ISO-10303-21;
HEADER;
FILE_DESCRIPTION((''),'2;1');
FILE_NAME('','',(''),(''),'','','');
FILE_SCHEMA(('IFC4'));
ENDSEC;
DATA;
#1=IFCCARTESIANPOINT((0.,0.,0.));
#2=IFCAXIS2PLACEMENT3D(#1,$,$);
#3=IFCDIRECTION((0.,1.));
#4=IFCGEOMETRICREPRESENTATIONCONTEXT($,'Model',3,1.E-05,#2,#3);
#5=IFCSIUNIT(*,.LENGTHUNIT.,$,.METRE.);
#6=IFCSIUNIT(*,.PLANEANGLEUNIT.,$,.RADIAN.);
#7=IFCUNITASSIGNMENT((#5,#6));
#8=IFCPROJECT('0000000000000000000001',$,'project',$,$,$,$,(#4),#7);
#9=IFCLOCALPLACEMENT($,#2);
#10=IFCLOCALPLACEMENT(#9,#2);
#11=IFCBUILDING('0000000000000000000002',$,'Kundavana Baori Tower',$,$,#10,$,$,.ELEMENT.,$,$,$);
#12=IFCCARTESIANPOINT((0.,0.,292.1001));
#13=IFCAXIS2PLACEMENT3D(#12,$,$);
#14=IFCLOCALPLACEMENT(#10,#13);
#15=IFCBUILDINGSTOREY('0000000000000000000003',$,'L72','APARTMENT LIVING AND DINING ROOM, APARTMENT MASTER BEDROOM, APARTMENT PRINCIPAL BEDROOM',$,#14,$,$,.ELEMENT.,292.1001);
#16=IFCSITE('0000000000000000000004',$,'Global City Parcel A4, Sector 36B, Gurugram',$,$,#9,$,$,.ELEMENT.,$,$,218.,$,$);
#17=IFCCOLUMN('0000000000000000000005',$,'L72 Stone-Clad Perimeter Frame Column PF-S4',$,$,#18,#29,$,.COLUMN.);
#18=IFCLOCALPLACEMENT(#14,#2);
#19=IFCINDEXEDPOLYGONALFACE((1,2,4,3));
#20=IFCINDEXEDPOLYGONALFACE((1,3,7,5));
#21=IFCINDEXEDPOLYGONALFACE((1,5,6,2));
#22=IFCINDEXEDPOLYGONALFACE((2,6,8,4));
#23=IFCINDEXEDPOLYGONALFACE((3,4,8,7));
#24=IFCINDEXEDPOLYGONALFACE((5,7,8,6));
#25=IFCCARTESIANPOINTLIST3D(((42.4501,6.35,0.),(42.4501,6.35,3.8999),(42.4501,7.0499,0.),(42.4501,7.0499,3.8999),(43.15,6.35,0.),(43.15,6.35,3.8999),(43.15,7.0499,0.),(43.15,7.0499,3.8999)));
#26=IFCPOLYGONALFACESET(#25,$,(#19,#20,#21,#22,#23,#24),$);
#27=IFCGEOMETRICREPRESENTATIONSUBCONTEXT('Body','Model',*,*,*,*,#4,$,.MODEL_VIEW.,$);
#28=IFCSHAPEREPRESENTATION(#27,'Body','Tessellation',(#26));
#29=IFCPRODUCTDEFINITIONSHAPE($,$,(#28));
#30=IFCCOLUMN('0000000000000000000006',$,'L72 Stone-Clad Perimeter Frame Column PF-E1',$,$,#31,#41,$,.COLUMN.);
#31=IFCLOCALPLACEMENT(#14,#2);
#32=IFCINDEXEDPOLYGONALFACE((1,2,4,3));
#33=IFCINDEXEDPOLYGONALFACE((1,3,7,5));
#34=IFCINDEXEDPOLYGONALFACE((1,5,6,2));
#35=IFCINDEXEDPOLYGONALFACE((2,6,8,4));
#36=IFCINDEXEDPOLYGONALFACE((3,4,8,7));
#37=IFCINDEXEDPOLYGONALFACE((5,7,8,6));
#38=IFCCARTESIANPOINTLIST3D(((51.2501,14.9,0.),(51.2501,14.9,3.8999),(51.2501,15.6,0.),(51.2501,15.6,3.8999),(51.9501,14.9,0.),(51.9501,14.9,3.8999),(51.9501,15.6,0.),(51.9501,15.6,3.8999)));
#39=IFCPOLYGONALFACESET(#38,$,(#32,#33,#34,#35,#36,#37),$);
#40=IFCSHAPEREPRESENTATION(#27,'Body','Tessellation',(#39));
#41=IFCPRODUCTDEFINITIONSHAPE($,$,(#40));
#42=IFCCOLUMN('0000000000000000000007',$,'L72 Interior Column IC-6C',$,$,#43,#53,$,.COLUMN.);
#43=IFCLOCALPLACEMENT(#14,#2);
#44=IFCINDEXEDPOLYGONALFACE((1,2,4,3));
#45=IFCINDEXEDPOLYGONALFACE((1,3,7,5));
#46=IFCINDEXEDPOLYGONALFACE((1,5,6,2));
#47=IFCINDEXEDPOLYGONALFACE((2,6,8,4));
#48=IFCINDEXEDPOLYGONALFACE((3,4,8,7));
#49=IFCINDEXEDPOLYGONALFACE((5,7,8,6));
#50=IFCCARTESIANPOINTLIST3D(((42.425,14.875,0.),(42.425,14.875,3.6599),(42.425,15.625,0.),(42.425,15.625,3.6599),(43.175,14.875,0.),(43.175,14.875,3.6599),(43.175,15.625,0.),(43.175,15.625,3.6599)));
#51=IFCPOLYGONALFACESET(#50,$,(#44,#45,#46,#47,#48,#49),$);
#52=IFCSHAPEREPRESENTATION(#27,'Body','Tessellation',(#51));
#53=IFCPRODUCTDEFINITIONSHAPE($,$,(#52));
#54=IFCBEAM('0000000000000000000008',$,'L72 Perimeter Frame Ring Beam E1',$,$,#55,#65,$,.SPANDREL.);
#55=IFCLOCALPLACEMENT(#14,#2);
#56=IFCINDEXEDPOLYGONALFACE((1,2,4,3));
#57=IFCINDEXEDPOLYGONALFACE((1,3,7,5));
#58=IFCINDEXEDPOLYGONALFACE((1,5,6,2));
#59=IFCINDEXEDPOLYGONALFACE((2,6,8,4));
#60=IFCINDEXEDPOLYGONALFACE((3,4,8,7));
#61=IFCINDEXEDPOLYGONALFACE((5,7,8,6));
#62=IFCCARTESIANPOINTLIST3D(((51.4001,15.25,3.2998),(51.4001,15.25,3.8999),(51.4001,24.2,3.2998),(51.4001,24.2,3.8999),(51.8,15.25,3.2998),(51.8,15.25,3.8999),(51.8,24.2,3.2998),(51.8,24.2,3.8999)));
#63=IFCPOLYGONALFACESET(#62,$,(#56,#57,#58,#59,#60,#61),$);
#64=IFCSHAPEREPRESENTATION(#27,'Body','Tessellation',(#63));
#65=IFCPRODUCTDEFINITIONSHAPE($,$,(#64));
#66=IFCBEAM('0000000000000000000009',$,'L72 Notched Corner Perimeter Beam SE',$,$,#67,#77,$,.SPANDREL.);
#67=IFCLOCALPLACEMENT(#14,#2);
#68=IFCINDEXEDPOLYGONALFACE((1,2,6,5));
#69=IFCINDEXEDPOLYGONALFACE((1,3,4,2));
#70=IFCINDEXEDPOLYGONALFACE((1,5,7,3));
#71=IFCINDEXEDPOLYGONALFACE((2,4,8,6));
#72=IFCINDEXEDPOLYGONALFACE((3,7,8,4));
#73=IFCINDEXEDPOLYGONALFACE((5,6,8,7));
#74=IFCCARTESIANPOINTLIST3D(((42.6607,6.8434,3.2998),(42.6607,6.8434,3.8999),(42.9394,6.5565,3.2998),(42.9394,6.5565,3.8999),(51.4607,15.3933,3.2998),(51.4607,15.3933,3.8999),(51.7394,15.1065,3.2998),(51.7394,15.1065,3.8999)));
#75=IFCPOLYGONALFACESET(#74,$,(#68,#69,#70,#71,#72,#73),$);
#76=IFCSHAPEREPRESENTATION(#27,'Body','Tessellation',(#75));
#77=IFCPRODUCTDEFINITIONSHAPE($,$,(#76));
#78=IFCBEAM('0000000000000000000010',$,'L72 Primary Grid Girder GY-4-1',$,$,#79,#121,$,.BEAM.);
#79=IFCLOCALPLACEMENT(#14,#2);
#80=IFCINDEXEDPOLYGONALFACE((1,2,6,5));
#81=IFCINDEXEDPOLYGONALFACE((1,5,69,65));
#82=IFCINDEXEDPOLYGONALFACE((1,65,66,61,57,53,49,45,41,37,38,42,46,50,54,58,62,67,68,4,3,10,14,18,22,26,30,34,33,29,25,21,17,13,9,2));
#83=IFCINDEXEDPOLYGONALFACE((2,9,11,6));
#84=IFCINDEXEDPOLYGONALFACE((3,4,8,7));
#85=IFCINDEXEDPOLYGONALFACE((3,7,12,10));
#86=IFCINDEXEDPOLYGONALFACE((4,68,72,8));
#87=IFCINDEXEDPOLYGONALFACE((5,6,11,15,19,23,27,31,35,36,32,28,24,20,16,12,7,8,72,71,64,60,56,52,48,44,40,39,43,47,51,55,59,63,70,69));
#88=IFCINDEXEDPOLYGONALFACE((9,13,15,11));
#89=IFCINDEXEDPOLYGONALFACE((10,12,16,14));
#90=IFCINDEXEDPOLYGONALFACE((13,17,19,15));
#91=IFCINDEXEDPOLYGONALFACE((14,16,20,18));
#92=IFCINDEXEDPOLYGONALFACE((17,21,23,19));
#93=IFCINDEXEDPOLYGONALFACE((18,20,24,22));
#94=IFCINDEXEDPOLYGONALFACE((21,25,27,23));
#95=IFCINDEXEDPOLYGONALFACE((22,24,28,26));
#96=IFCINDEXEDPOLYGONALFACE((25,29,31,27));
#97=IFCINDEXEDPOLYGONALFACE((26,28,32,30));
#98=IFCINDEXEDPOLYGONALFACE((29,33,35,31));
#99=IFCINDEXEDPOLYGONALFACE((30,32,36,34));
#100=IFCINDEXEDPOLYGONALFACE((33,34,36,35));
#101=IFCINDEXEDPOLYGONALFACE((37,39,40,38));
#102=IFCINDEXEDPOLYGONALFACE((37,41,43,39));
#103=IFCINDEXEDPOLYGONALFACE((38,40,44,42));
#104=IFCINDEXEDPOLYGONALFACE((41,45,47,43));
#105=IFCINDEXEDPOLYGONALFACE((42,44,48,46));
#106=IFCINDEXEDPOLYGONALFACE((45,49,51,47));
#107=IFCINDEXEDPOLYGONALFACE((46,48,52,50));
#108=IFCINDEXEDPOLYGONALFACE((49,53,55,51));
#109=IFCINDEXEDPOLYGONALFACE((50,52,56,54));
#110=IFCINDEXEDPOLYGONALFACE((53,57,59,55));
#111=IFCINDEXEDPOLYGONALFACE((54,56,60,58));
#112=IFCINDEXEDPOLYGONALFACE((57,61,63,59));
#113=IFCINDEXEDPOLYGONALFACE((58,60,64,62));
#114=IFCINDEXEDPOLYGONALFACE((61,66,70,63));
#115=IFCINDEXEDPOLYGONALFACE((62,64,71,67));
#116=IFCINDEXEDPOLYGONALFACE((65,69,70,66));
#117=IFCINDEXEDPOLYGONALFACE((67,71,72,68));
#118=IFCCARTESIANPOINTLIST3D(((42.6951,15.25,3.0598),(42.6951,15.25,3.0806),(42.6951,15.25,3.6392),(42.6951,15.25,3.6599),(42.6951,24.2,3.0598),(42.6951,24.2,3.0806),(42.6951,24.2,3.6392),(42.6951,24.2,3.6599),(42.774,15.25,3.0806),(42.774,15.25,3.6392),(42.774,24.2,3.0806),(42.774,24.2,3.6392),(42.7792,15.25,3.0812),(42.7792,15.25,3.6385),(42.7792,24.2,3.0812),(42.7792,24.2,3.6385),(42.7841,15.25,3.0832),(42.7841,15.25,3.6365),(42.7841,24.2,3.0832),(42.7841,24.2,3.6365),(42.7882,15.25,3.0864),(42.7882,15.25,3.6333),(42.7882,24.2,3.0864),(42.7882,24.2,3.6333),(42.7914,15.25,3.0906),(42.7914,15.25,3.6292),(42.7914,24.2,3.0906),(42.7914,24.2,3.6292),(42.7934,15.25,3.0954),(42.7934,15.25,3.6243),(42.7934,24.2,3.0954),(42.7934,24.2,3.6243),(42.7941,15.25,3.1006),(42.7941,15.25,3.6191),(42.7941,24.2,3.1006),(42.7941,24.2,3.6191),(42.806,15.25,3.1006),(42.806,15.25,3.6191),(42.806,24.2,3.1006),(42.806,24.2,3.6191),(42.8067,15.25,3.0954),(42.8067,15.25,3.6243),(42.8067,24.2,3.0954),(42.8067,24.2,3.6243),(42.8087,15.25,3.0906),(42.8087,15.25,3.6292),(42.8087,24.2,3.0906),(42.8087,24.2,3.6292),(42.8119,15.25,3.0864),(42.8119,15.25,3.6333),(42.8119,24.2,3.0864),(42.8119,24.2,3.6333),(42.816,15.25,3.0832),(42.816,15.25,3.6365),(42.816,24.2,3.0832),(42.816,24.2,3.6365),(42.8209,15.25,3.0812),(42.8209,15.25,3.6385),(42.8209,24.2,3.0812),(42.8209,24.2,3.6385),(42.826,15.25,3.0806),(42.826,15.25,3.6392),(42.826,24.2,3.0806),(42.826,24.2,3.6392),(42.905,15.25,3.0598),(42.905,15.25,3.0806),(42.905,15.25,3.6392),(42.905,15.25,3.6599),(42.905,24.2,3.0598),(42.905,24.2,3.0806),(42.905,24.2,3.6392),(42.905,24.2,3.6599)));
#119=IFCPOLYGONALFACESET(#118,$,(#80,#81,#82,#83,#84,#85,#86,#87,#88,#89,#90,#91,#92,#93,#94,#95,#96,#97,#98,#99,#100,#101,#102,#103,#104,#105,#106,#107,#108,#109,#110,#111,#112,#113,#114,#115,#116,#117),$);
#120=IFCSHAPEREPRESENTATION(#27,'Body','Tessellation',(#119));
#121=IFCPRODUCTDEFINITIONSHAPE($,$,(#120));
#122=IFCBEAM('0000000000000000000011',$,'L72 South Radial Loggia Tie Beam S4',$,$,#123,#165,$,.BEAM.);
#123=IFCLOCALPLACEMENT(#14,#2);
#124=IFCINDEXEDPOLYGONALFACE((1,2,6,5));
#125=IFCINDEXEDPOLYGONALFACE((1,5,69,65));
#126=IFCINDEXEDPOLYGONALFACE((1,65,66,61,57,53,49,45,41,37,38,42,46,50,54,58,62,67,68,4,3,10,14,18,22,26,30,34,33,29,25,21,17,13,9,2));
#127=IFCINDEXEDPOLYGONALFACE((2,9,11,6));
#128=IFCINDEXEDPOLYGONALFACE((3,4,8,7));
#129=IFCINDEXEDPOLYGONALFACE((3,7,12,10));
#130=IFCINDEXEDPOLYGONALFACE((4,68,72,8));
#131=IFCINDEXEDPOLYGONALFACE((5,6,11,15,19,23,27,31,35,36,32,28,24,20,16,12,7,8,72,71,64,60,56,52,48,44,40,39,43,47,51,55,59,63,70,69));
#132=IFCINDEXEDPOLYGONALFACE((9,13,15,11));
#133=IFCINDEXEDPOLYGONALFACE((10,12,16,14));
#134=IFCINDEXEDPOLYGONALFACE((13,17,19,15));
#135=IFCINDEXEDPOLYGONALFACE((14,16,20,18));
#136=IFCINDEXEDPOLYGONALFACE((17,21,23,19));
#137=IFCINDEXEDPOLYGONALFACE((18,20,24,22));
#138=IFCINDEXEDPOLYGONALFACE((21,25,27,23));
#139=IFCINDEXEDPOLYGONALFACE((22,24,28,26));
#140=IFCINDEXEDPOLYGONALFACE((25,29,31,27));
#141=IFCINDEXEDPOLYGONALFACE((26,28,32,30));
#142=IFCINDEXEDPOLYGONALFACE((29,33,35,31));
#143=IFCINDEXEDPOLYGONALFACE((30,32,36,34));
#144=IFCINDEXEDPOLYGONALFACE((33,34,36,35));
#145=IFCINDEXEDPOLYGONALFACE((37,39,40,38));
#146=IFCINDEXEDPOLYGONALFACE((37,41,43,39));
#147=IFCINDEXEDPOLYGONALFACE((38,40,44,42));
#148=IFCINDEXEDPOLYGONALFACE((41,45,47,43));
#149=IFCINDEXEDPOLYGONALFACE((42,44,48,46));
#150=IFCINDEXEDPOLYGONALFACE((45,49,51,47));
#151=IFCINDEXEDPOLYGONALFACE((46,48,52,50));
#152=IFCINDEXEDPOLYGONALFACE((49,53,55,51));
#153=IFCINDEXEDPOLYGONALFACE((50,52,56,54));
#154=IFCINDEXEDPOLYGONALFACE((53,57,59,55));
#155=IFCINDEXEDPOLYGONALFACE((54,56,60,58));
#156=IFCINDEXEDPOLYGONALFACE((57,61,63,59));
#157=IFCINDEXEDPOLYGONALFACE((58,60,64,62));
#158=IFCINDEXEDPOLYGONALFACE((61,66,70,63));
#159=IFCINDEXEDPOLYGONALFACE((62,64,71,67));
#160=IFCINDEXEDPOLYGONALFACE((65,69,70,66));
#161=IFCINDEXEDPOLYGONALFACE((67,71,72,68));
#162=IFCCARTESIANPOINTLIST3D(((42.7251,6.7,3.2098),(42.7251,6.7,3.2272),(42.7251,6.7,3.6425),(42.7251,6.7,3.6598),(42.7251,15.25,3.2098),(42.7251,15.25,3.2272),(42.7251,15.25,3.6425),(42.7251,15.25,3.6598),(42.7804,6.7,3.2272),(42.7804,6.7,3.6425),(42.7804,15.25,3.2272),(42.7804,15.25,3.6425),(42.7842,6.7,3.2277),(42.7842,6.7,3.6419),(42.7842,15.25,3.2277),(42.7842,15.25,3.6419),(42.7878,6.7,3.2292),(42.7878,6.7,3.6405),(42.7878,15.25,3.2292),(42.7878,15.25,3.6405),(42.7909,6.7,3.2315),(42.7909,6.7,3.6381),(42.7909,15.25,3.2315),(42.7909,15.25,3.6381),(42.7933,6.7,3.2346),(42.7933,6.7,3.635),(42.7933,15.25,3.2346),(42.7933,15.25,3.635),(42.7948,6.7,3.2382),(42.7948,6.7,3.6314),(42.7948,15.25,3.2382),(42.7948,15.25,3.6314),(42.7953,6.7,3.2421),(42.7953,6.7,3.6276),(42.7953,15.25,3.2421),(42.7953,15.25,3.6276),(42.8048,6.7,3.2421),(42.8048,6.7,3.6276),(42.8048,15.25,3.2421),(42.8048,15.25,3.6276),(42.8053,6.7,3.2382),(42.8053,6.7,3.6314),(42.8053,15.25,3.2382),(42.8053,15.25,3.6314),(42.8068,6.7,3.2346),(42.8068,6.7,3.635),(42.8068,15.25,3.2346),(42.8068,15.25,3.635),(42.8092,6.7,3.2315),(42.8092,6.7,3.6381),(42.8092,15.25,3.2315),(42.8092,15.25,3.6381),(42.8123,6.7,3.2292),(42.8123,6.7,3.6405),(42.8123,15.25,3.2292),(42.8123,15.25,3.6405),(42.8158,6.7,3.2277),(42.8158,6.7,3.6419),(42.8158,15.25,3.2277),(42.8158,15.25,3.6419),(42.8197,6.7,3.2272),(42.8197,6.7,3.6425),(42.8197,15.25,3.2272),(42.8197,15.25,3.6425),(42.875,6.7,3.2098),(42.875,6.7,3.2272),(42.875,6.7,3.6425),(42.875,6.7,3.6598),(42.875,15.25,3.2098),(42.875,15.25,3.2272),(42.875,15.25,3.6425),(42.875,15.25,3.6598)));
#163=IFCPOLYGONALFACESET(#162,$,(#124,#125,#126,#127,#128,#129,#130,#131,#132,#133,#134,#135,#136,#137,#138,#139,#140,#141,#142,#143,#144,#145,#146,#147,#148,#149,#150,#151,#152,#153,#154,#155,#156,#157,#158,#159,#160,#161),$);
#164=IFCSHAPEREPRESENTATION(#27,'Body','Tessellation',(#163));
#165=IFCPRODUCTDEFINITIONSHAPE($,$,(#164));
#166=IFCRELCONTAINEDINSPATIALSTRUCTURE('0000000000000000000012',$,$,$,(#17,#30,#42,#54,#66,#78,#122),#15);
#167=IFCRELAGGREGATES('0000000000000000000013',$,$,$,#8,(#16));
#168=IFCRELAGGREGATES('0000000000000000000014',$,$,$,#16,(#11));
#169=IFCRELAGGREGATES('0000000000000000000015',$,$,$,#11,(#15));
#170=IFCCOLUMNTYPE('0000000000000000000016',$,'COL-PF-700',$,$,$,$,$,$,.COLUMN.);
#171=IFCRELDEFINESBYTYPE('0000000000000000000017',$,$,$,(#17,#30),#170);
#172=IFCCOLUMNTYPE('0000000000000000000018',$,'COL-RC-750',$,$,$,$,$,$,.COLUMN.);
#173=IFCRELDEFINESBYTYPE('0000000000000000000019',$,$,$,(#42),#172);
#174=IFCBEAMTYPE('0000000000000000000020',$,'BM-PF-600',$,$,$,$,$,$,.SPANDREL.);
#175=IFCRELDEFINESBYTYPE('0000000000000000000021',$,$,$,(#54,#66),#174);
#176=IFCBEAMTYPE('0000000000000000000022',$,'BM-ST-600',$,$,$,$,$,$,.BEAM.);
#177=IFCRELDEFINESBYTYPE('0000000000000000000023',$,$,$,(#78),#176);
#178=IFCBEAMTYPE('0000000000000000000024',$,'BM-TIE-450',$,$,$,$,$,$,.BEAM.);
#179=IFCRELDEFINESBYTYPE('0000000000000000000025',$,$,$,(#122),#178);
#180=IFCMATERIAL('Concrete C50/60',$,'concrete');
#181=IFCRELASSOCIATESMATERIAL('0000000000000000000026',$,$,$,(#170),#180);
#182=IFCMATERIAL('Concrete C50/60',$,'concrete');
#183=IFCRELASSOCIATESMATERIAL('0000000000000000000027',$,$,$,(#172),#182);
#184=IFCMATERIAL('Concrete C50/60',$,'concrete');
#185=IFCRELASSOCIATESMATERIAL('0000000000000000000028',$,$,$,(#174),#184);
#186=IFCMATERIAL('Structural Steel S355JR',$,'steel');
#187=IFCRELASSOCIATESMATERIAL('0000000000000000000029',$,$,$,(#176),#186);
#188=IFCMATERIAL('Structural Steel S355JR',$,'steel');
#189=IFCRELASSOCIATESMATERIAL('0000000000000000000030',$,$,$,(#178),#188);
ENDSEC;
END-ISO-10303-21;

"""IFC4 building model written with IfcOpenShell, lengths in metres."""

from ifc_helpers import new_model, si_unit, direction, frame, origin, origin_2d, place, context, subcontext, project, spatial, rectangle, i_section, extrude, material, material_profile, profile_set, type_object, element, save


model = new_model("IFC4")

# Units and contexts
model_context = context("Model", 3, precision=1e-05, world=origin(), true_north=direction((0.0, 1.0)))
body_context = subcontext(model_context, "Body", "Model", "MODEL_VIEW")
ifc_project = project(units=[si_unit("LENGTHUNIT", "METRE"), si_unit("PLANEANGLEUNIT", "RADIAN")], contexts=[model_context])

# Site, building, storey
site_placement = place(None, origin())
site = spatial("IfcSite", under=ifc_project, at=site_placement, Name="Global City Parcel A4, Sector 36B, Gurugram", CompositionType="ELEMENT", RefElevation=218.0)
building_placement = place(site_placement, origin())
building = spatial("IfcBuilding", under=site, at=building_placement, Name="Kundavana Baori Tower", CompositionType="ELEMENT")
storey_placement = place(building_placement, frame((0.0, 0.0, 292.1001)))
storey = spatial("IfcBuildingStorey", under=building, at=storey_placement, Name="L72", Description="APARTMENT LIVING AND DINING ROOM, APARTMENT MASTER BEDROOM, APARTMENT PRINCIPAL BEDROOM", CompositionType="ELEMENT", Elevation=292.1001)

# Columns
ifc_material_1 = material(Name="Concrete C50/60", Category="concrete")
ifc_material_profile_1 = material_profile(ifc_material_1, rectangle(XDim=0.7, YDim=0.7, at=origin_2d()), Name="RC PF 700x700")
ifc_profile_set_1 = profile_set([ifc_material_profile_1], Name="Concrete C50/60")
column_type_1 = type_object("IfcColumnType", Name="COL-PF-700", PredefinedType="COLUMN", material=ifc_profile_set_1)
for number, where, z_axis, x_axis, name in (
    (1, (42.8, 6.7, 0.0), (0.0, 0.0, 1.0), (1.0, 0.0, 0.0), "L72 Stone-Clad Perimeter Frame Column PF-S4"),
    (2, (51.6001, 15.25, 0.0), (0.0, 0.0, 1.0), (1.0, 0.0, 0.0), "L72 Stone-Clad Perimeter Frame Column PF-E1"),
):
    element("IfcColumn", number, at=place(storey_placement, frame(where, z_axis=z_axis, x_axis=x_axis)), inside=storey, type_object=column_type_1, Name=name, PredefinedType="COLUMN", context=body_context, shape_type="SweptSolid", body=[
        extrude(rectangle(XDim=0.7, YDim=0.7, at=origin_2d()), origin(), (0.0, 0.0, 1.0), 3.8999),
    ])
ifc_material_2 = material(Name="Concrete C50/60", Category="concrete")
ifc_material_profile_2 = material_profile(ifc_material_2, rectangle(XDim=0.75, YDim=0.75, at=origin_2d()), Name="RC 750x750")
ifc_profile_set_2 = profile_set([ifc_material_profile_2], Name="Concrete C50/60")
column_type_2 = type_object("IfcColumnType", Name="COL-RC-750", PredefinedType="COLUMN", material=ifc_profile_set_2)
column_placement = place(storey_placement, frame((42.8, 15.25, 0.0), z_axis=(0.0, 0.0, 1.0), x_axis=(1.0, 0.0, 0.0)))
element("IfcColumn", 3, at=column_placement, inside=storey, type_object=column_type_2, Name="L72 Interior Column IC-6C", PredefinedType="COLUMN", context=body_context, shape_type="SweptSolid", body=[
    extrude(rectangle(XDim=0.75, YDim=0.75, at=origin_2d()), origin(), (0.0, 0.0, 1.0), 3.6599),
])

# Beams
ifc_material_3 = material(Name="Concrete C50/60", Category="concrete")
ifc_material_profile_3 = material_profile(ifc_material_3, rectangle(XDim=0.3999, YDim=0.6001, at=origin_2d()), Name="RC BM 400x600")
ifc_profile_set_3 = profile_set([ifc_material_profile_3], Name="Concrete C50/60")
beam_type_1 = type_object("IfcBeamType", Name="BM-PF-600", PredefinedType="SPANDREL", material=ifc_profile_set_3)
beam_1_placement = place(storey_placement, frame((51.6001, 15.25, 3.5999), z_axis=(0.0, 1.0, 0.0), x_axis=(-1.0, 0.0, 0.0)))
element("IfcBeam", 4, at=beam_1_placement, inside=storey, type_object=beam_type_1, Name="L72 Perimeter Frame Ring Beam E1", PredefinedType="SPANDREL", context=body_context, shape_type="SweptSolid", body=[
    extrude(rectangle(XDim=0.3999, YDim=0.6001, at=origin_2d()), origin(), (0.0, 0.0, 1.0), 8.95),
])
beam_2_placement = place(storey_placement, frame((42.8, 6.7, 3.5999), z_axis=(0.717221, 0.696846, 0.0), x_axis=(-0.696846, 0.717221, 0.0)))
element("IfcBeam", 5, at=beam_2_placement, inside=storey, type_object=beam_type_1, Name="L72 Notched Corner Perimeter Beam SE", PredefinedType="SPANDREL", context=body_context, shape_type="SweptSolid", body=[
    extrude(rectangle(XDim=0.3999, YDim=0.6001, at=origin_2d()), origin(), (0.0, 0.0, 1.0), 12.2695),
])
ifc_material_4 = material(Name="Structural Steel S355JR", Category="steel")
ifc_material_profile_4 = material_profile(ifc_material_4, i_section(OverallWidth=0.21, OverallDepth=0.6001, WebThickness=0.012, FlangeThickness=0.0208, FilletRadius=0.02, at=origin_2d()), Name="ISMB 600")
ifc_profile_set_4 = profile_set([ifc_material_profile_4], Name="Structural Steel S355JR")
beam_type_2 = type_object("IfcBeamType", Name="BM-ST-600", PredefinedType="BEAM", material=ifc_profile_set_4)
beam_3_placement = place(storey_placement, frame((42.8, 15.25, 3.3599), z_axis=(0.0, 1.0, 0.0), x_axis=(-1.0, 0.0, 0.0)))
element("IfcBeam", 6, at=beam_3_placement, inside=storey, type_object=beam_type_2, Name="L72 Primary Grid Girder GY-4-1", PredefinedType="BEAM", context=body_context, shape_type="SweptSolid", body=[
    extrude(i_section(OverallWidth=0.21, OverallDepth=0.6001, WebThickness=0.012, FlangeThickness=0.0208, FilletRadius=0.02, at=origin_2d()), origin(), (0.0, 0.0, 1.0), 8.95),
])
ifc_material_5 = material(Name="Structural Steel S355JR", Category="steel")
ifc_material_profile_5 = material_profile(ifc_material_5, i_section(OverallWidth=0.1499, OverallDepth=0.45, WebThickness=0.0095, FlangeThickness=0.0173, FilletRadius=0.0149, at=origin_2d()), Name="ISMB 450")
ifc_profile_set_5 = profile_set([ifc_material_profile_5], Name="Structural Steel S355JR")
beam_type_3 = type_object("IfcBeamType", Name="BM-TIE-450", PredefinedType="BEAM", material=ifc_profile_set_5)
beam_4_placement = place(storey_placement, frame((42.8, 15.25, 3.4348), z_axis=(0.0, -1.0, 0.0), x_axis=(1.0, 0.0, 0.0)))
element("IfcBeam", 7, at=beam_4_placement, inside=storey, type_object=beam_type_3, Name="L72 South Radial Loggia Tie Beam S4", PredefinedType="BEAM", context=body_context, shape_type="SweptSolid", body=[
    extrude(i_section(OverallWidth=0.1499, OverallDepth=0.45, WebThickness=0.0095, FlangeThickness=0.0173, FilletRadius=0.0149, at=origin_2d()), origin(), (0.0, 0.0, 1.0), 8.55),
])

save(model, "model.ifc")
